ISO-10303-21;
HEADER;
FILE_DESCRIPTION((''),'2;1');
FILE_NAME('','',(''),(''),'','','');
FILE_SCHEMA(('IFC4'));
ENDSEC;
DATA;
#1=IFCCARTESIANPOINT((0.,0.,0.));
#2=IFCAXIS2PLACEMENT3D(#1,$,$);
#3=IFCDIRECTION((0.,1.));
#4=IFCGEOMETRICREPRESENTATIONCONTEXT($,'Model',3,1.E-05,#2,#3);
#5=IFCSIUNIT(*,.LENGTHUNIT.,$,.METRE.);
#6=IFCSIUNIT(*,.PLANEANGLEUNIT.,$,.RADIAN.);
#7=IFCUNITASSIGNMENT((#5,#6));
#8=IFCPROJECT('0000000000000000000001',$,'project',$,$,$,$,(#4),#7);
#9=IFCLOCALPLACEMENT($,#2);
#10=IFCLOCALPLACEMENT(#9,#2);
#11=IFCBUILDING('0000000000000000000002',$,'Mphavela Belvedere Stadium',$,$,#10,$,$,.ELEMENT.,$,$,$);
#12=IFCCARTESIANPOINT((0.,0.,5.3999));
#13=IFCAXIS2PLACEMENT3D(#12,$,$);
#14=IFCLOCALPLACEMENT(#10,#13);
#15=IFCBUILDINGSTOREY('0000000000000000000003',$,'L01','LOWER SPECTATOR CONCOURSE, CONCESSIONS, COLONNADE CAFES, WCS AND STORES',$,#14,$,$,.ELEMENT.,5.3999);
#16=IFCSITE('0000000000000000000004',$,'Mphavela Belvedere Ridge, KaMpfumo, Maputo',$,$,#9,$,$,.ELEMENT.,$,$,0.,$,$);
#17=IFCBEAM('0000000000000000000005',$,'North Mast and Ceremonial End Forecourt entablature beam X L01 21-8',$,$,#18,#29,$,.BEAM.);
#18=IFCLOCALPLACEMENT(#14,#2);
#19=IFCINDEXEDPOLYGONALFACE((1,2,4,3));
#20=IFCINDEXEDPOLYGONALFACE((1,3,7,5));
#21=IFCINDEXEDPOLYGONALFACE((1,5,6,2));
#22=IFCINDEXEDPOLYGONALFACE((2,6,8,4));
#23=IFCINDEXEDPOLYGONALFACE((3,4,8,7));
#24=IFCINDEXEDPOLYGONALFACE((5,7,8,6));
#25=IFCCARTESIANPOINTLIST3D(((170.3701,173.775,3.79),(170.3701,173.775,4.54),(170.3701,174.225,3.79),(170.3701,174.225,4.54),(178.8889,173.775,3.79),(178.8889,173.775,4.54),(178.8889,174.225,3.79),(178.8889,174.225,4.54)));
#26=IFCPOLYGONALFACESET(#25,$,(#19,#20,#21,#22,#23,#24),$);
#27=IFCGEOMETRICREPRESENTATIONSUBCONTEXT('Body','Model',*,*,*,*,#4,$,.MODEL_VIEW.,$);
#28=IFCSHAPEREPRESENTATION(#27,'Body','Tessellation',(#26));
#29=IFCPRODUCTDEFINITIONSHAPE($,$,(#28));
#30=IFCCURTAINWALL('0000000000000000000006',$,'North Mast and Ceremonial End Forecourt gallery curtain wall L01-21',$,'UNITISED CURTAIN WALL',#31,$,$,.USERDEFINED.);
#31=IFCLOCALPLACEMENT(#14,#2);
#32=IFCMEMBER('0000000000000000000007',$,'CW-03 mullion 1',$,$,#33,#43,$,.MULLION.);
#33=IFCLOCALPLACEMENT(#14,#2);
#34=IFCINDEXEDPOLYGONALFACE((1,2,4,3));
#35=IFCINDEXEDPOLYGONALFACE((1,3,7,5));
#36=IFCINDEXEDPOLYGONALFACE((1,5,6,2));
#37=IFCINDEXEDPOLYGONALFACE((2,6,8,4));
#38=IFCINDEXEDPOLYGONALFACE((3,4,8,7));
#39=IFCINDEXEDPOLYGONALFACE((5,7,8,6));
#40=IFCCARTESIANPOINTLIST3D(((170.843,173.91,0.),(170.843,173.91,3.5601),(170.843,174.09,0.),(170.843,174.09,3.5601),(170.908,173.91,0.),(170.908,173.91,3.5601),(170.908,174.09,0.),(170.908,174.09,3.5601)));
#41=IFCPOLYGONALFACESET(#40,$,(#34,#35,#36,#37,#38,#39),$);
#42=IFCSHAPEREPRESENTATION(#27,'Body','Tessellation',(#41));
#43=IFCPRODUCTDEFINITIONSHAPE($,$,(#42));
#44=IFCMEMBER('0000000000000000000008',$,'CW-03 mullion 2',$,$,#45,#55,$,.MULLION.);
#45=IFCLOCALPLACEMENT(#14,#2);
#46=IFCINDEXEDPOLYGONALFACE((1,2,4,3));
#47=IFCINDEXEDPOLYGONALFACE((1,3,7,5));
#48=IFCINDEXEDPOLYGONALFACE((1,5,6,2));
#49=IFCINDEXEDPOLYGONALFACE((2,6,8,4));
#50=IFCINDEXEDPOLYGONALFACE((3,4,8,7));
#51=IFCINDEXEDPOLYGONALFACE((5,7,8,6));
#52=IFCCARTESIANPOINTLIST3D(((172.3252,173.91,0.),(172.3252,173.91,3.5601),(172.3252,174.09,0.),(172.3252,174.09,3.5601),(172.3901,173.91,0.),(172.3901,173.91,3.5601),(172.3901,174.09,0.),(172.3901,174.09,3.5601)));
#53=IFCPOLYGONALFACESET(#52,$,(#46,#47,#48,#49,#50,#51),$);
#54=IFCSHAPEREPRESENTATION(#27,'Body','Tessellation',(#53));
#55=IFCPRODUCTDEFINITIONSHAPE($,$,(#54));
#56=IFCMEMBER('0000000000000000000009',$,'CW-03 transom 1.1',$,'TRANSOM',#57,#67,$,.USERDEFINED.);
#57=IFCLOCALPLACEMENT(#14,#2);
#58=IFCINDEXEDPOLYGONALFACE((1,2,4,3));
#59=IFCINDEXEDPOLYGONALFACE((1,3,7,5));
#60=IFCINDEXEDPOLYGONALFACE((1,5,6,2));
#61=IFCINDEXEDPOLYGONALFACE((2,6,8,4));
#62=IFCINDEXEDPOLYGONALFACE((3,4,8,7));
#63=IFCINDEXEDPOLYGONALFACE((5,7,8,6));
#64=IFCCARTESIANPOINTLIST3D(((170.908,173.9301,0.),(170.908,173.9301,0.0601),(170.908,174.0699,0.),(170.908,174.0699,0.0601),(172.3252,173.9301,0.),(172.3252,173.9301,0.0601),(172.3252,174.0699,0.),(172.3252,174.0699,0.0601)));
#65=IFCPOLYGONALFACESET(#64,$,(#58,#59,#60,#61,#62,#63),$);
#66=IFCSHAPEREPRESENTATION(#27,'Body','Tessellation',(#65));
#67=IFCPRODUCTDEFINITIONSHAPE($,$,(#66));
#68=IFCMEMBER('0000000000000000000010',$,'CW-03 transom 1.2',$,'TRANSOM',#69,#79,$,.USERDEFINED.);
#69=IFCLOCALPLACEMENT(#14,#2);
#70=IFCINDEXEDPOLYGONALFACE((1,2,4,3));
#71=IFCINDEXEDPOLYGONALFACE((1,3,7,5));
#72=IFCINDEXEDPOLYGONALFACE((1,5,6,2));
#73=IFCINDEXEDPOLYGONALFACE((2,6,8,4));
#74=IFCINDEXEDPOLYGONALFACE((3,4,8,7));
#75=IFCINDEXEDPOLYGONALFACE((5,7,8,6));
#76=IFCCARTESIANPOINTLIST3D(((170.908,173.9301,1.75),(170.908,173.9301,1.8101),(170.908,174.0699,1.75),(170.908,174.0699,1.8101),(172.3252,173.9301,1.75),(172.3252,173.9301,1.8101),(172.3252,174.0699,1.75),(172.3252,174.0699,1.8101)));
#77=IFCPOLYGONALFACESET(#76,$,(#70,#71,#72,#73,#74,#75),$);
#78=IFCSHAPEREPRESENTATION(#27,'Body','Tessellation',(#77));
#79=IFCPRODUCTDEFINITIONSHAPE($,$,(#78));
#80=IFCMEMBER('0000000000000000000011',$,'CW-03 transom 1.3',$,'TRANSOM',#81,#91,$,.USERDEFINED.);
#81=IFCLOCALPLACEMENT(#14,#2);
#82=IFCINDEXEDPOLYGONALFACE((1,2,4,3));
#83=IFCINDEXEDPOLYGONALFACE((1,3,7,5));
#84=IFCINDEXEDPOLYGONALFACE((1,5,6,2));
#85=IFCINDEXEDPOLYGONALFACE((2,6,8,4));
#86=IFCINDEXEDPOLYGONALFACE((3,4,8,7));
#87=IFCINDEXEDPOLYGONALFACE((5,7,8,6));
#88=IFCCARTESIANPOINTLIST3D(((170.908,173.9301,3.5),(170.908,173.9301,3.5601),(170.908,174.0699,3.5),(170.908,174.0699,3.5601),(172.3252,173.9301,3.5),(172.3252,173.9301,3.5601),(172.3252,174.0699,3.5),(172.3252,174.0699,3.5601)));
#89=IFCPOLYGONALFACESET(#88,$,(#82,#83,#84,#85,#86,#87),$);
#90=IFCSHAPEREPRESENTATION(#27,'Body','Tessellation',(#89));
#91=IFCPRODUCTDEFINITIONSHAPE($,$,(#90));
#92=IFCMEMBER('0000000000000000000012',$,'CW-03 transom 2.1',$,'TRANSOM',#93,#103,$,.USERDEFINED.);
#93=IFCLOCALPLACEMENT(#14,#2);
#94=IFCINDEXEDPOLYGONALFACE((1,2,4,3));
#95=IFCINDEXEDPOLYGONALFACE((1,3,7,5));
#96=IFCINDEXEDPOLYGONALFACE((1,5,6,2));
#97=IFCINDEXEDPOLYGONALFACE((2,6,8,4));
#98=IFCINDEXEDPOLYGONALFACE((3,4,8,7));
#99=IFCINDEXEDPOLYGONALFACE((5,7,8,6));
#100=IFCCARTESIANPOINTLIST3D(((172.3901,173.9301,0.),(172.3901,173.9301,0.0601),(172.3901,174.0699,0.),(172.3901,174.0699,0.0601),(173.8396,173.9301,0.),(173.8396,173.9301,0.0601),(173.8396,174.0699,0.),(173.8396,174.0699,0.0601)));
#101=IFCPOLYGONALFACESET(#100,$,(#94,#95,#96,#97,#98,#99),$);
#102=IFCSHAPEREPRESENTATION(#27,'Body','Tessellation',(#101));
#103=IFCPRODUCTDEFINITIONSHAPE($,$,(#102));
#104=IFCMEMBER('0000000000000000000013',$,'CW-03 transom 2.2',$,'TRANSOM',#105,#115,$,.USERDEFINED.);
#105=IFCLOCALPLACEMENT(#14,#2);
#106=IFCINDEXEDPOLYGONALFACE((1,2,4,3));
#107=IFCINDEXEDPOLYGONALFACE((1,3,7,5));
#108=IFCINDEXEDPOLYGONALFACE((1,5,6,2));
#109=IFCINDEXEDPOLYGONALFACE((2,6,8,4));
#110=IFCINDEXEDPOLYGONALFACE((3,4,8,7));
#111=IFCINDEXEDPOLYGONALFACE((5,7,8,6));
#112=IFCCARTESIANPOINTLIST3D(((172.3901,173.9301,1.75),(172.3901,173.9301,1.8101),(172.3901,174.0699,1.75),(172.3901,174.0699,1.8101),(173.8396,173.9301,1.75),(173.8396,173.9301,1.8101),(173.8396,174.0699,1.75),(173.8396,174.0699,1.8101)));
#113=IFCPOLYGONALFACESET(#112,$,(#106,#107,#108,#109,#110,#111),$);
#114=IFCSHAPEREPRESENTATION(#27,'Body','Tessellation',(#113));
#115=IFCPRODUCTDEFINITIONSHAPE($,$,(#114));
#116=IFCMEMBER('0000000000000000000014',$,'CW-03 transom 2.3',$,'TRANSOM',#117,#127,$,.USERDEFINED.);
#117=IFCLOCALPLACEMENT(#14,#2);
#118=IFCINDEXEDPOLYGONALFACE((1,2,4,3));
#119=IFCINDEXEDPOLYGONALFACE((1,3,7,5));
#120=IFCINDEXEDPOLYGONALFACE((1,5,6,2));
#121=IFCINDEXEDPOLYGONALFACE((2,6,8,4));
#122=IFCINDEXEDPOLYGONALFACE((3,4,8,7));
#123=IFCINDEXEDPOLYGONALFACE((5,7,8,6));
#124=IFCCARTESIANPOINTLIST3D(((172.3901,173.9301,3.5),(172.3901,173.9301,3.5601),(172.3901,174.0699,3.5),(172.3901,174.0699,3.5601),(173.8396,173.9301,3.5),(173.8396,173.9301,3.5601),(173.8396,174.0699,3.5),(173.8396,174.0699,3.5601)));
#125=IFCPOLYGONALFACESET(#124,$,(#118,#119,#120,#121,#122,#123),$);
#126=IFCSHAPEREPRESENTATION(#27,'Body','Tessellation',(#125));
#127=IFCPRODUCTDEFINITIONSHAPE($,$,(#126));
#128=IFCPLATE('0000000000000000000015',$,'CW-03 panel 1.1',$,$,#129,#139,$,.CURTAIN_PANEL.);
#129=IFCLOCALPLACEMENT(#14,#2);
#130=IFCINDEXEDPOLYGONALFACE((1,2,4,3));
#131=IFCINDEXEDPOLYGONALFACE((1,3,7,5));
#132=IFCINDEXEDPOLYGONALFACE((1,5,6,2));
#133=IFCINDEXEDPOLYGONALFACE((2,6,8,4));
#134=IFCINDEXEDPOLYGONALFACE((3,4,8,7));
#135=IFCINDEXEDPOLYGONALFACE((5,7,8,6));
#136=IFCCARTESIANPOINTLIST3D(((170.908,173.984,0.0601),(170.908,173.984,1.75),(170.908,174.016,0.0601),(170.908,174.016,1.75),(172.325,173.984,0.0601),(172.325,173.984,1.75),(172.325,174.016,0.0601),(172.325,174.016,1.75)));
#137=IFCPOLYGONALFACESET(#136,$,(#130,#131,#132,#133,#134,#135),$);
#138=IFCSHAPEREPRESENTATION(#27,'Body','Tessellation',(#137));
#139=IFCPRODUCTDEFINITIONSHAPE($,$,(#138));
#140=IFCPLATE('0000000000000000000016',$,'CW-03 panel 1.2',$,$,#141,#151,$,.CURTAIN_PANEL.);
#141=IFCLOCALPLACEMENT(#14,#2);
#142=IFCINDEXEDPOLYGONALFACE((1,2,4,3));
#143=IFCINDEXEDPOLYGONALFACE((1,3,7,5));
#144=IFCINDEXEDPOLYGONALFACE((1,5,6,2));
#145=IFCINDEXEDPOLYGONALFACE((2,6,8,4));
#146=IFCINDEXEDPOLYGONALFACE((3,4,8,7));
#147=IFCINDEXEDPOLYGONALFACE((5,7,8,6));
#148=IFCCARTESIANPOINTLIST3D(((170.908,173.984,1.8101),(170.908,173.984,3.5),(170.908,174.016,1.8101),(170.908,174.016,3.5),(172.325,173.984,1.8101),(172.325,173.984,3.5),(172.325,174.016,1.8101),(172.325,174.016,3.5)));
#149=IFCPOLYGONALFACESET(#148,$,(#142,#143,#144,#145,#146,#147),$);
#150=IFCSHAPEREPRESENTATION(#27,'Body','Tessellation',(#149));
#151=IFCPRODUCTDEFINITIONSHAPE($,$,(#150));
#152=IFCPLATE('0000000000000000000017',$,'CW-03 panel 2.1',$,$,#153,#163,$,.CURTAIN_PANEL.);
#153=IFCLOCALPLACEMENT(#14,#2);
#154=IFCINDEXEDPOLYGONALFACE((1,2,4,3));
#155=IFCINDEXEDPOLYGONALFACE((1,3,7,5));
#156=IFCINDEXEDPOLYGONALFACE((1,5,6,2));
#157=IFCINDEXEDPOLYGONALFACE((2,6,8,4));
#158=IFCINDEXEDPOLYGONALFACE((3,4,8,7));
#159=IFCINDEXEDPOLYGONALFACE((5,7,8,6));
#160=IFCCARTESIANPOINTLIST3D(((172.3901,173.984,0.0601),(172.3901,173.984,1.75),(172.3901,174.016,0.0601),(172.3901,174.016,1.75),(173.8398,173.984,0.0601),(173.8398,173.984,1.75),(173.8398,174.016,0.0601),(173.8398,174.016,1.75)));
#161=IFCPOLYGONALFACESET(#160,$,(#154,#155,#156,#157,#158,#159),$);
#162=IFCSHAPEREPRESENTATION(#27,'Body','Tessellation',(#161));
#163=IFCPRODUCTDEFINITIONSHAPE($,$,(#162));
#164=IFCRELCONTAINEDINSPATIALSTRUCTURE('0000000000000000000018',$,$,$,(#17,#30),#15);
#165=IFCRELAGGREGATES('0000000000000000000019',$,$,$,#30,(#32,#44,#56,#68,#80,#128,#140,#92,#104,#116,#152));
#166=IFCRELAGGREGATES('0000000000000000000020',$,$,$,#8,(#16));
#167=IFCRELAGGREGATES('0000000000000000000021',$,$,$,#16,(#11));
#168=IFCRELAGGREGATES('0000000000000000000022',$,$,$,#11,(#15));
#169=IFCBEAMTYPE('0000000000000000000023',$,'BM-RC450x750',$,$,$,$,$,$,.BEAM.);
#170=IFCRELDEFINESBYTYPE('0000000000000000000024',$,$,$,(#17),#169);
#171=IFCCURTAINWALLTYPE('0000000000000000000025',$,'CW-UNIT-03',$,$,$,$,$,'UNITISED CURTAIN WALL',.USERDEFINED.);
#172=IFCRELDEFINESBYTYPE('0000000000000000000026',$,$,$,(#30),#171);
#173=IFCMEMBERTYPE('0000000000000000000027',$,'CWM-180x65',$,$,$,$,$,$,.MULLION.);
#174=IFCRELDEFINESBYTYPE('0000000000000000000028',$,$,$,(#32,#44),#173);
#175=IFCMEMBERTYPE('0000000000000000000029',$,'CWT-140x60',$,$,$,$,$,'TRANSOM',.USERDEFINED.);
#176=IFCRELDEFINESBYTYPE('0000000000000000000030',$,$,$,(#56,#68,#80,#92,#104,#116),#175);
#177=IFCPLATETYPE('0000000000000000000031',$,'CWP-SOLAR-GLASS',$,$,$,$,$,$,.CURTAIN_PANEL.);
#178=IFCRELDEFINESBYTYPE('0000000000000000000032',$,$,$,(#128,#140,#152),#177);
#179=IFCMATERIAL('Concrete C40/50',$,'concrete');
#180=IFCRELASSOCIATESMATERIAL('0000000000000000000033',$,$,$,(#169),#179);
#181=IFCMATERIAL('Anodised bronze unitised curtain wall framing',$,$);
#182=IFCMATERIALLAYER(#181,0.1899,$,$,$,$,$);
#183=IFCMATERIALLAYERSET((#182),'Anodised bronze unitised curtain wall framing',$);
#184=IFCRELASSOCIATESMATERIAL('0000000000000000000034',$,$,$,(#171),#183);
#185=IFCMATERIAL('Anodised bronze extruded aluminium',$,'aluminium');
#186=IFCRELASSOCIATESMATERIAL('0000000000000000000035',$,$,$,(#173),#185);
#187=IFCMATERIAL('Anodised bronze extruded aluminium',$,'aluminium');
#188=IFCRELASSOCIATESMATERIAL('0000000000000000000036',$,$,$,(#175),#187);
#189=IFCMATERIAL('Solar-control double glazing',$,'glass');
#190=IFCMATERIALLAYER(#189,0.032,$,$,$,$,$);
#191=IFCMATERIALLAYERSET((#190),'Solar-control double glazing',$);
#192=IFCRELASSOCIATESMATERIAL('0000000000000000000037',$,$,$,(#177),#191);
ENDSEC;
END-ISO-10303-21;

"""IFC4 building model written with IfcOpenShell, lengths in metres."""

from ifc_helpers import new_model, si_unit, direction, frame, origin, origin_2d, place, context, subcontext, project, spatial, rectangle, extrude, material, layer, layer_set, material_profile, profile_set, type_object, element, aggregate, save


model = new_model("IFC4")

# Units and contexts
model_context = context("Model", 3, precision=1e-05, world=origin(), true_north=direction((0.0, 1.0)))
body_context = subcontext(model_context, "Body", "Model", "MODEL_VIEW")
ifc_project = project(units=[si_unit("LENGTHUNIT", "METRE"), si_unit("PLANEANGLEUNIT", "RADIAN")], contexts=[model_context])

# Site, building, storey
site_placement = place(None, origin())
site = spatial("IfcSite", under=ifc_project, at=site_placement, Name="Mphavela Belvedere Ridge, KaMpfumo, Maputo", CompositionType="ELEMENT", RefElevation=0.0)
building_placement = place(site_placement, origin())
building = spatial("IfcBuilding", under=site, at=building_placement, Name="Mphavela Belvedere Stadium", CompositionType="ELEMENT")
storey_placement = place(building_placement, frame((0.0, 0.0, 5.3999)))
storey = spatial("IfcBuildingStorey", under=building, at=storey_placement, Name="L01", Description="LOWER SPECTATOR CONCOURSE, CONCESSIONS, COLONNADE CAFES, WCS AND STORES", CompositionType="ELEMENT", Elevation=5.3999)

# Beam
ifc_material_1 = material(Name="Concrete C40/50", Category="concrete")
ifc_material_profile_1 = material_profile(ifc_material_1, rectangle(XDim=0.45, YDim=0.75, at=origin_2d()), Name="RC 450x750")
ifc_profile_set_1 = profile_set([ifc_material_profile_1], Name="Concrete C40/50")
beam_type_1 = type_object("IfcBeamType", Name="BM-RC450x750", PredefinedType="BEAM", material=ifc_profile_set_1)
beam_1_placement = place(storey_placement, frame((170.3701, 174.0, 4.165), z_axis=(1.0, 0.0, 0.0), x_axis=(0.0, 1.0, 0.0)))
element("IfcBeam", 1, at=beam_1_placement, inside=storey, type_object=beam_type_1, Name="North Mast and Ceremonial End Forecourt entablature beam X L01 21-8", PredefinedType="BEAM", context=body_context, shape_type="SweptSolid", body=[
    extrude(rectangle(XDim=0.45, YDim=0.75, at=origin_2d()), origin(), (0.0, 0.0, 1.0), 8.5188),
])

# Curtain wall, members, plates
ifc_material_2 = material(Name="Anodised bronze unitised curtain wall framing")
ifc_layer_1 = layer(ifc_material_2, 0.1899)
ifc_layer_set_1 = layer_set([ifc_layer_1], Name="Anodised bronze unitised curtain wall framing")
curtain_wall_type = type_object("IfcCurtainWallType", Name="CW-UNIT-03", ElementType="UNITISED CURTAIN WALL", PredefinedType="USERDEFINED", material=ifc_layer_set_1)
curtain_wall_placement = place(storey_placement, origin())
curtain_wall = element("IfcCurtainWall", 2, at=curtain_wall_placement, inside=storey, type_object=curtain_wall_type, Name="North Mast and Ceremonial End Forecourt gallery curtain wall L01-21", ObjectType="UNITISED CURTAIN WALL", PredefinedType="USERDEFINED")
ifc_material_3 = material(Name="Anodised bronze extruded aluminium", Category="aluminium")
ifc_material_profile_2 = material_profile(ifc_material_3, rectangle(XDim=0.1799, YDim=0.0649, at=origin_2d()), Name="CW-MUL 180x65")
ifc_profile_set_2 = profile_set([ifc_material_profile_2], Name="Anodised bronze extruded aluminium")
member_type_1 = type_object("IfcMemberType", Name="CWM-180x65", PredefinedType="MULLION", material=ifc_profile_set_2)
member_1_placement = place(storey_placement, frame((170.8755, 174.0, 0.0), z_axis=(0.0, 0.0, 1.0), x_axis=(0.0, 1.0, 0.0)))
member_1 = element("IfcMember", 3, at=member_1_placement, type_object=member_type_1, Name="CW-03 mullion 1", PredefinedType="MULLION", context=body_context, shape_type="SweptSolid", body=[
    extrude(rectangle(XDim=0.1799, YDim=0.0649, at=origin_2d()), origin(), (0.0, 0.0, 1.0), 3.5601),
])
member_2_placement = place(storey_placement, frame((172.3577, 174.0, 0.0), z_axis=(0.0, 0.0, 1.0), x_axis=(0.0, 1.0, 0.0)))
member_2 = element("IfcMember", 4, at=member_2_placement, type_object=member_type_1, Name="CW-03 mullion 2", PredefinedType="MULLION", context=body_context, shape_type="SweptSolid", body=[
    extrude(rectangle(XDim=0.1799, YDim=0.0649, at=origin_2d()), origin(), (0.0, 0.0, 1.0), 3.5601),
])
ifc_material_4 = material(Name="Anodised bronze extruded aluminium", Category="aluminium")
ifc_material_profile_3 = material_profile(ifc_material_4, rectangle(XDim=0.1399, YDim=0.0601, at=origin_2d()), Name="CW-TRN 140x60")
ifc_profile_set_3 = profile_set([ifc_material_profile_3], Name="Anodised bronze extruded aluminium")
member_type_2 = type_object("IfcMemberType", Name="CWT-140x60", ElementType="TRANSOM", PredefinedType="USERDEFINED", material=ifc_profile_set_3)
member_3_placement = place(storey_placement, frame((170.908, 174.0, 0.03), z_axis=(1.0, 0.0, 0.0), x_axis=(0.0, 1.0, 0.0)))
member_3 = element("IfcMember", 5, at=member_3_placement, type_object=member_type_2, Name="CW-03 transom 1.1", ObjectType="TRANSOM", PredefinedType="USERDEFINED", context=body_context, shape_type="SweptSolid", body=[
    extrude(rectangle(XDim=0.1399, YDim=0.0601, at=origin_2d()), origin(), (0.0, 0.0, 1.0), 1.4172),
])
member_4_placement = place(storey_placement, frame((170.908, 174.0, 1.78), z_axis=(1.0, 0.0, 0.0), x_axis=(0.0, 1.0, 0.0)))
member_4 = element("IfcMember", 6, at=member_4_placement, type_object=member_type_2, Name="CW-03 transom 1.2", ObjectType="TRANSOM", PredefinedType="USERDEFINED", context=body_context, shape_type="SweptSolid", body=[
    extrude(rectangle(XDim=0.1399, YDim=0.0601, at=origin_2d()), origin(), (0.0, 0.0, 1.0), 1.4172),
])
member_5_placement = place(storey_placement, frame((170.908, 174.0, 3.53), z_axis=(1.0, 0.0, 0.0), x_axis=(0.0, 1.0, 0.0)))
member_5 = element("IfcMember", 7, at=member_5_placement, type_object=member_type_2, Name="CW-03 transom 1.3", ObjectType="TRANSOM", PredefinedType="USERDEFINED", context=body_context, shape_type="SweptSolid", body=[
    extrude(rectangle(XDim=0.1399, YDim=0.0601, at=origin_2d()), origin(), (0.0, 0.0, 1.0), 1.4172),
])
member_6_placement = place(storey_placement, frame((172.3901, 174.0, 0.03), z_axis=(1.0, 0.0, 0.0), x_axis=(0.0, 1.0, 0.0)))
member_6 = element("IfcMember", 8, at=member_6_placement, type_object=member_type_2, Name="CW-03 transom 2.1", ObjectType="TRANSOM", PredefinedType="USERDEFINED", context=body_context, shape_type="SweptSolid", body=[
    extrude(rectangle(XDim=0.1399, YDim=0.0601, at=origin_2d()), origin(), (0.0, 0.0, 1.0), 1.4495),
])
member_7_placement = place(storey_placement, frame((172.3901, 174.0, 1.78), z_axis=(1.0, 0.0, 0.0), x_axis=(0.0, 1.0, 0.0)))
member_7 = element("IfcMember", 9, at=member_7_placement, type_object=member_type_2, Name="CW-03 transom 2.2", ObjectType="TRANSOM", PredefinedType="USERDEFINED", context=body_context, shape_type="SweptSolid", body=[
    extrude(rectangle(XDim=0.1399, YDim=0.0601, at=origin_2d()), origin(), (0.0, 0.0, 1.0), 1.4495),
])
member_8_placement = place(storey_placement, frame((172.3901, 174.0, 3.53), z_axis=(1.0, 0.0, 0.0), x_axis=(0.0, 1.0, 0.0)))
member_8 = element("IfcMember", 10, at=member_8_placement, type_object=member_type_2, Name="CW-03 transom 2.3", ObjectType="TRANSOM", PredefinedType="USERDEFINED", context=body_context, shape_type="SweptSolid", body=[
    extrude(rectangle(XDim=0.1399, YDim=0.0601, at=origin_2d()), origin(), (0.0, 0.0, 1.0), 1.4495),
])
ifc_material_5 = material(Name="Solar-control double glazing", Category="glass")
ifc_layer_2 = layer(ifc_material_5, 0.032)
ifc_layer_set_2 = layer_set([ifc_layer_2], Name="Solar-control double glazing")
plate_type = type_object("IfcPlateType", Name="CWP-SOLAR-GLASS", PredefinedType="CURTAIN_PANEL", material=ifc_layer_set_2)
plate_1_placement = place(storey_placement, frame((171.6165, 174.0, 0.0601), z_axis=(0.0, 0.0, 1.0), x_axis=(1.0, 0.0, 0.0)))
plate_1 = element("IfcPlate", 11, at=plate_1_placement, type_object=plate_type, Name="CW-03 panel 1.1", PredefinedType="CURTAIN_PANEL", context=body_context, shape_type="SweptSolid", body=[
    extrude(rectangle(XDim=1.417, YDim=0.032, at=origin_2d()), origin(), (0.0, 0.0, 1.0), 1.6899),
])
plate_2_placement = place(storey_placement, frame((171.6165, 174.0, 1.8101), z_axis=(0.0, 0.0, 1.0), x_axis=(1.0, 0.0, 0.0)))
plate_2 = element("IfcPlate", 12, at=plate_2_placement, type_object=plate_type, Name="CW-03 panel 1.2", PredefinedType="CURTAIN_PANEL", context=body_context, shape_type="SweptSolid", body=[
    extrude(rectangle(XDim=1.417, YDim=0.032, at=origin_2d()), origin(), (0.0, 0.0, 1.0), 1.6899),
])
plate_3_placement = place(storey_placement, frame((173.115, 174.0, 0.0601), z_axis=(0.0, 0.0, 1.0), x_axis=(1.0, 0.0, 0.0)))
plate_3 = element("IfcPlate", 13, at=plate_3_placement, type_object=plate_type, Name="CW-03 panel 2.1", PredefinedType="CURTAIN_PANEL", context=body_context, shape_type="SweptSolid", body=[
    extrude(rectangle(XDim=1.4497, YDim=0.032, at=origin_2d()), origin(), (0.0, 0.0, 1.0), 1.6899),
])
aggregate(curtain_wall, [member_1, member_2, member_3, member_4, member_5, plate_1, plate_2, member_6, member_7, member_8, plate_3])

save(model, "model.ifc")
